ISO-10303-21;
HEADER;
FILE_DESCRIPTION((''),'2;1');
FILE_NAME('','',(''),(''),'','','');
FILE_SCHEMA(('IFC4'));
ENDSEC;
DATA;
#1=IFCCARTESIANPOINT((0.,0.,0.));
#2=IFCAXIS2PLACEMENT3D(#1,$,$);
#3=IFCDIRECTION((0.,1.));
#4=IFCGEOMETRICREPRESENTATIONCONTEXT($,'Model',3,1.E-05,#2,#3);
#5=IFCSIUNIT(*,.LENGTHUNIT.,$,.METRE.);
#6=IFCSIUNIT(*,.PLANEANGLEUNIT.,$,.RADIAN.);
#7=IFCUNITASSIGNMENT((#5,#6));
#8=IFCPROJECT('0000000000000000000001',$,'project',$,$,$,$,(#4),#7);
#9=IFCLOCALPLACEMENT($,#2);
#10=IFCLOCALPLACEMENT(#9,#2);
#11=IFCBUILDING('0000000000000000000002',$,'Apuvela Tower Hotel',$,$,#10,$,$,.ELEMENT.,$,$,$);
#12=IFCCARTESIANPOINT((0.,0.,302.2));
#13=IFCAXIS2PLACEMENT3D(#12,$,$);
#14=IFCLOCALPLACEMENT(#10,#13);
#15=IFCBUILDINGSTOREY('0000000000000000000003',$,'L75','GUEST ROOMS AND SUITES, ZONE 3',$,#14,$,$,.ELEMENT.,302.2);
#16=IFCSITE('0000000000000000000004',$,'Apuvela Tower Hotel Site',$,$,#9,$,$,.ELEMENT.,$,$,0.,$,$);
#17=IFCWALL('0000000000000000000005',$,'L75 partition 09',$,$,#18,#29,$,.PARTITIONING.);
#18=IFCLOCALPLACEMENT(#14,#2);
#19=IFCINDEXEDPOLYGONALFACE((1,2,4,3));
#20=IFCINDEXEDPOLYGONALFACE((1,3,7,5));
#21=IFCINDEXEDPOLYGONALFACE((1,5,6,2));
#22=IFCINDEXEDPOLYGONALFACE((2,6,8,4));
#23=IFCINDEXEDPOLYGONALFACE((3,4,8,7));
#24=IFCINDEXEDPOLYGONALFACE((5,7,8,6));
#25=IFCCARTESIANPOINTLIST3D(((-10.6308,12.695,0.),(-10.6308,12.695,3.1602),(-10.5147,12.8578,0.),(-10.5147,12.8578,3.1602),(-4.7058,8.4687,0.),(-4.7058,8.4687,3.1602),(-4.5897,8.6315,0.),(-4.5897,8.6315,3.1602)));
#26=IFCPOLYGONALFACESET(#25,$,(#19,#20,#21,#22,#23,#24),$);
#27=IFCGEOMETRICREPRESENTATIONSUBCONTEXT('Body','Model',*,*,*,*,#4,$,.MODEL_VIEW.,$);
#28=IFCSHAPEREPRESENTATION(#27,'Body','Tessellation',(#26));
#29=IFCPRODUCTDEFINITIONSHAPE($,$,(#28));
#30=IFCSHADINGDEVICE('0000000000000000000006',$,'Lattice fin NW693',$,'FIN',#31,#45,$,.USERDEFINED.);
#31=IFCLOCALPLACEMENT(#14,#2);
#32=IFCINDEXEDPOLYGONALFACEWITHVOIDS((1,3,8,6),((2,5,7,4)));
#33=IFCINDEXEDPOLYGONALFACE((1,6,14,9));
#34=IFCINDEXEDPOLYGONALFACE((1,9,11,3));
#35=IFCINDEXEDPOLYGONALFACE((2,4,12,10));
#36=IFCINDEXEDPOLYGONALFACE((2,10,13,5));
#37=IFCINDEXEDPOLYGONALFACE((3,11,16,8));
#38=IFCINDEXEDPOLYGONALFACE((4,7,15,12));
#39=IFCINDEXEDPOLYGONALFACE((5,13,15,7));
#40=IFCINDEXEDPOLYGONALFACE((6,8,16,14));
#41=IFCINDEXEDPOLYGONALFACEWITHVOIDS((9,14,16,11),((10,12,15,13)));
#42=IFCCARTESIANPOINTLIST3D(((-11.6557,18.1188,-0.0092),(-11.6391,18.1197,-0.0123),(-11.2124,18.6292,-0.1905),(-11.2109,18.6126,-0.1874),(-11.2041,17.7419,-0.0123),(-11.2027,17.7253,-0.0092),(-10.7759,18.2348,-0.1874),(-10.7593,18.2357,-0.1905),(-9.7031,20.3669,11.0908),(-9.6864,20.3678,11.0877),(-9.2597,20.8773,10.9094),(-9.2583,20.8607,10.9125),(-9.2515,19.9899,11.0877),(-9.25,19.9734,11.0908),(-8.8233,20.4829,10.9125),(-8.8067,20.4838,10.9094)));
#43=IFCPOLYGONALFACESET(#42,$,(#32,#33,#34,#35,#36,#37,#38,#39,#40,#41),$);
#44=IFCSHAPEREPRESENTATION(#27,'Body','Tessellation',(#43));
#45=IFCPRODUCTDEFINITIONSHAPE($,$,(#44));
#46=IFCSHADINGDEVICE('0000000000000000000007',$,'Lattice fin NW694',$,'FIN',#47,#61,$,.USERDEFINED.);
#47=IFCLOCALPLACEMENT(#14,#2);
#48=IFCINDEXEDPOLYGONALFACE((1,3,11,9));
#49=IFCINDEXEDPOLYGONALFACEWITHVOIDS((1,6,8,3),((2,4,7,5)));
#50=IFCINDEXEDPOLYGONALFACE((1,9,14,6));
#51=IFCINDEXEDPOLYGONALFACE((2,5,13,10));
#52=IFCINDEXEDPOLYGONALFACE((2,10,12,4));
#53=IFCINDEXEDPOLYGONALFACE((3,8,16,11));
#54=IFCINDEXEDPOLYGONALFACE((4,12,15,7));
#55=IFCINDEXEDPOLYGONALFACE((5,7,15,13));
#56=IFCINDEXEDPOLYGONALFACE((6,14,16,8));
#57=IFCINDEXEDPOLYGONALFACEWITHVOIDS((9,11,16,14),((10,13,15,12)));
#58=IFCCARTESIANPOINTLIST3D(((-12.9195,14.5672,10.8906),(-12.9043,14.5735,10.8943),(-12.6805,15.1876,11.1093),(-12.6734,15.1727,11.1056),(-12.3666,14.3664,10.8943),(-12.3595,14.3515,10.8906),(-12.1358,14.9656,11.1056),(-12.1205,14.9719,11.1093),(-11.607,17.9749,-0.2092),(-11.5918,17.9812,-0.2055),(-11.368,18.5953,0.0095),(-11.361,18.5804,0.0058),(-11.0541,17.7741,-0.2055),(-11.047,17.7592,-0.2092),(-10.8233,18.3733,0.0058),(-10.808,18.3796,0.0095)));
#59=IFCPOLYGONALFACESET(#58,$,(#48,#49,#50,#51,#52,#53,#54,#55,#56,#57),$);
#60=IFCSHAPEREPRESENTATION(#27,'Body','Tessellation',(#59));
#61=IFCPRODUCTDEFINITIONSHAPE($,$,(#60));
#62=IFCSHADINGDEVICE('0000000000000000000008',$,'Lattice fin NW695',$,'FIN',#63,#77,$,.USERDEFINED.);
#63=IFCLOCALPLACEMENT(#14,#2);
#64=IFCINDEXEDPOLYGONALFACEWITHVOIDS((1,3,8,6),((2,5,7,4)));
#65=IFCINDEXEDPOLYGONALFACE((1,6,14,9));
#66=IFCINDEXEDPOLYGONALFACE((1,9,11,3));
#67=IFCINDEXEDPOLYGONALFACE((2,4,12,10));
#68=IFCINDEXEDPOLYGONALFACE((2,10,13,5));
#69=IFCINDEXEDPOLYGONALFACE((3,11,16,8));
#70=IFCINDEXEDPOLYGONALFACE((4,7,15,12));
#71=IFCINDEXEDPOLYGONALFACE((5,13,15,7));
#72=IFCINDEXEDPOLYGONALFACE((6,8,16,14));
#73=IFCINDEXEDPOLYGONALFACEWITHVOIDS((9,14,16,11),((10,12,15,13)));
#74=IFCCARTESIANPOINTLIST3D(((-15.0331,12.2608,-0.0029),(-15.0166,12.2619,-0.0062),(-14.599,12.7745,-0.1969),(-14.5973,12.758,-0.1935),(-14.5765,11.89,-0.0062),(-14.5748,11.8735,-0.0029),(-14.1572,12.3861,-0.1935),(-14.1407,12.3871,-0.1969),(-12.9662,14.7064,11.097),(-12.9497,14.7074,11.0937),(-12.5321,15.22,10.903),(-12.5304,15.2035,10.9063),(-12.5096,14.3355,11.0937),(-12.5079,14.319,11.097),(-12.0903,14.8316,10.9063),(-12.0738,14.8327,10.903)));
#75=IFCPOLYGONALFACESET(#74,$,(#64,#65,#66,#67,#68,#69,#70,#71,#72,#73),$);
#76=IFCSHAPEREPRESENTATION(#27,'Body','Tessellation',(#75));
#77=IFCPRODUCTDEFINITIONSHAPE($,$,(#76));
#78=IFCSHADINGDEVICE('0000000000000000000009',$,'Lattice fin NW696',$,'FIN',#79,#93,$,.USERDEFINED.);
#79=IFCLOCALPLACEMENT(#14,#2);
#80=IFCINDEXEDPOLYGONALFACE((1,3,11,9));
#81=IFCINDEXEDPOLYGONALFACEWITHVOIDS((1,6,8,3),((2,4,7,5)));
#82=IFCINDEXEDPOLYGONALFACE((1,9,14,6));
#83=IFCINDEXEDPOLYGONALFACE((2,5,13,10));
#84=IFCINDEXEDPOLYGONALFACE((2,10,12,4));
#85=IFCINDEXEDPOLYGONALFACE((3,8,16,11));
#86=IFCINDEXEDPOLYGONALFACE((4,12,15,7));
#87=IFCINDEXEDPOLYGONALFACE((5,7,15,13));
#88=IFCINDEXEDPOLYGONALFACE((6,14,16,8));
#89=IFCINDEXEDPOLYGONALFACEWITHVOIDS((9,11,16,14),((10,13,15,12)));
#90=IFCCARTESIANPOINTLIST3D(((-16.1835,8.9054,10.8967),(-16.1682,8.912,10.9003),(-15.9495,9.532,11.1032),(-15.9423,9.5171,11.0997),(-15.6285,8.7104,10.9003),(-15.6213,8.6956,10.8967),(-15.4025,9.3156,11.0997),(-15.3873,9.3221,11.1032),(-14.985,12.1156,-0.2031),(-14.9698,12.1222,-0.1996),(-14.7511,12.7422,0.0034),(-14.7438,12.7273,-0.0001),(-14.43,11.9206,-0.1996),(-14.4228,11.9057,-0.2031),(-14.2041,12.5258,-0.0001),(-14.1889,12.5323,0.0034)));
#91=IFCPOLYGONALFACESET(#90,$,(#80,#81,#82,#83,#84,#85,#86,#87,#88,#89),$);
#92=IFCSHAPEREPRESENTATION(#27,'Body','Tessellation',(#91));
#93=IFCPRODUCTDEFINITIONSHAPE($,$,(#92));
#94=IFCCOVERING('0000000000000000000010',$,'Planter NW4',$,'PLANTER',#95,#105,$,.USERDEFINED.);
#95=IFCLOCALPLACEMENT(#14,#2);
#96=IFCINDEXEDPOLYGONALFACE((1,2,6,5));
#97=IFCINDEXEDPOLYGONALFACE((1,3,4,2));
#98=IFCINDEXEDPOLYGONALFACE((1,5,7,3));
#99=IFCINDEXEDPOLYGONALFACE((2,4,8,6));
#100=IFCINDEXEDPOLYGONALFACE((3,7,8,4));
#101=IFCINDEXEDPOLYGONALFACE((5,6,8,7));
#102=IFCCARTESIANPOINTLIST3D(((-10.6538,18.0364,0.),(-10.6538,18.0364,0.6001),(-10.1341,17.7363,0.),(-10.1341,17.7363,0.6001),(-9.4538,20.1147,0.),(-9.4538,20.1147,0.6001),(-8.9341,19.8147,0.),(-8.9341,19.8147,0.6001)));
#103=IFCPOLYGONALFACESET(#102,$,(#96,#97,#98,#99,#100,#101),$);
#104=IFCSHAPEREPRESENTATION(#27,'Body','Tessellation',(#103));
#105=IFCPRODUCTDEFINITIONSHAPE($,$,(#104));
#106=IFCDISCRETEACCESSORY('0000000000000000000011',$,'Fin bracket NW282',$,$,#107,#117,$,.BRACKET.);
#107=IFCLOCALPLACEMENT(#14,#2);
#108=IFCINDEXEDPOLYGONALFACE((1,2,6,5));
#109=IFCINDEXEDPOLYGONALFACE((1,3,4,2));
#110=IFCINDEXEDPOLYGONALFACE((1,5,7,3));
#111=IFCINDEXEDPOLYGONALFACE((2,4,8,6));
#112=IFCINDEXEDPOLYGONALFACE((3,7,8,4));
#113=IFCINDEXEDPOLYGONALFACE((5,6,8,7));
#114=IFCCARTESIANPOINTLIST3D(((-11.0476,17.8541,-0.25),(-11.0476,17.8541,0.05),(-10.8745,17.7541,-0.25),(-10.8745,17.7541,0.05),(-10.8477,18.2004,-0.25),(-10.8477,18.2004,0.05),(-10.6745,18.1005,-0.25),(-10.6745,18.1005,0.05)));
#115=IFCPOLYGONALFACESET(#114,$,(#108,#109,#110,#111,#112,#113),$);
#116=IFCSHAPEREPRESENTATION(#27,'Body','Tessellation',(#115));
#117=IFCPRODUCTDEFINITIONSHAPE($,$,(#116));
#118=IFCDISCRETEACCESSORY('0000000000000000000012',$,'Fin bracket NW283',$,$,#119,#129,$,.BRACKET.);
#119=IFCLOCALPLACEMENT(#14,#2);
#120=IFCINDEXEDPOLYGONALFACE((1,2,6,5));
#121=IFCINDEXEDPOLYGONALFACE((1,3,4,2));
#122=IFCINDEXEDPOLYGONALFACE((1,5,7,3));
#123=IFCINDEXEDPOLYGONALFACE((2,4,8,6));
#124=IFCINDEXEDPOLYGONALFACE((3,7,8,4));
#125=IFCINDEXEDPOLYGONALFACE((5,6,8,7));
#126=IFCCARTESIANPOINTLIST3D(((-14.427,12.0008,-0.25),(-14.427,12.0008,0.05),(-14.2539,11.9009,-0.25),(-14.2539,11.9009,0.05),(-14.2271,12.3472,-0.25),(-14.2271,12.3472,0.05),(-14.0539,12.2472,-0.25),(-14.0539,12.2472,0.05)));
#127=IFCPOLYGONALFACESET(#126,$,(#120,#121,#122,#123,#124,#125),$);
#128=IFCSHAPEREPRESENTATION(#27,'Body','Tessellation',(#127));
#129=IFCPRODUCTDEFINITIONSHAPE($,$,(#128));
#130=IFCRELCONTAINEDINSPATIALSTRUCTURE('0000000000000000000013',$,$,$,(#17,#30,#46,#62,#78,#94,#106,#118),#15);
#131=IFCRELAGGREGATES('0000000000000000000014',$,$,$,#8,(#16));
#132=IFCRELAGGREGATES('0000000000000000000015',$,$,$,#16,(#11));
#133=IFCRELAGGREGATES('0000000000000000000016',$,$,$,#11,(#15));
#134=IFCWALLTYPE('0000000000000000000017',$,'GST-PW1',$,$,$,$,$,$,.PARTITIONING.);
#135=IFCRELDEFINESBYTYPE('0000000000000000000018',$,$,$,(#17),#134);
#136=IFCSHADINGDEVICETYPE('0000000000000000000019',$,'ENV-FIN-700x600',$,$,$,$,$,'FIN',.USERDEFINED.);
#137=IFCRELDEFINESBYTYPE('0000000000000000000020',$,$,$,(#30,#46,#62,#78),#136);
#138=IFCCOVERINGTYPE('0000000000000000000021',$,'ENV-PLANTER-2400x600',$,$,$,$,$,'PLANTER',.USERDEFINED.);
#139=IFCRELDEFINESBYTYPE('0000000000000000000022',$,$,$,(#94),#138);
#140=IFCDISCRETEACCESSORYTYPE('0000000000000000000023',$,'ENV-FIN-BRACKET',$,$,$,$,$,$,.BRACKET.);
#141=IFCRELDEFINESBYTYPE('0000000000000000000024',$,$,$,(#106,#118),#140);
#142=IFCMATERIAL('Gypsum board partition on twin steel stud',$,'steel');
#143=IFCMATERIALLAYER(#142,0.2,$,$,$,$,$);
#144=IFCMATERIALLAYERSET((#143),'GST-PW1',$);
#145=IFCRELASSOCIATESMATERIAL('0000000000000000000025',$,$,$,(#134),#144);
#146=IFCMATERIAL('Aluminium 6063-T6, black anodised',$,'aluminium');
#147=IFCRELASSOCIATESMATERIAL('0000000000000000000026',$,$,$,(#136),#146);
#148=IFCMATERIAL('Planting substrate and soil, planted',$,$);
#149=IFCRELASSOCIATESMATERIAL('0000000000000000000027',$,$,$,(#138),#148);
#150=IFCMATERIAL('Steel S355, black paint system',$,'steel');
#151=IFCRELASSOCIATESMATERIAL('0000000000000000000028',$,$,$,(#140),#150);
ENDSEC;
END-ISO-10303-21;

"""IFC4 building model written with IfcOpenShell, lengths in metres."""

from ifc_helpers import new_model, si_unit, direction, frame, frame_2d, origin, origin_2d, place, context, subcontext, project, spatial, rectangle, hollow_rectangle, extrude, material, layer, layer_set, material_profile, profile_set, type_object, element, save


model = new_model("IFC4")

# Units and contexts
model_context = context("Model", 3, precision=1e-05, world=origin(), true_north=direction((0.0, 1.0)))
body_context = subcontext(model_context, "Body", "Model", "MODEL_VIEW")
ifc_project = project(units=[si_unit("LENGTHUNIT", "METRE"), si_unit("PLANEANGLEUNIT", "RADIAN")], contexts=[model_context])

# Site, building, storey
site_placement = place(None, origin())
site = spatial("IfcSite", under=ifc_project, at=site_placement, Name="Apuvela Tower Hotel Site", CompositionType="ELEMENT", RefElevation=0.0)
building_placement = place(site_placement, origin())
building = spatial("IfcBuilding", under=site, at=building_placement, Name="Apuvela Tower Hotel", CompositionType="ELEMENT")
storey_placement = place(building_placement, frame((0.0, 0.0, 302.2)))
storey = spatial("IfcBuildingStorey", under=building, at=storey_placement, Name="L75", Description="GUEST ROOMS AND SUITES, ZONE 3", CompositionType="ELEMENT", Elevation=302.2)

# Wall
ifc_material_1 = material(Name="Gypsum board partition on twin steel stud", Category="steel")
ifc_layer_1 = layer(ifc_material_1, 0.2)
ifc_layer_set_1 = layer_set([ifc_layer_1], Name="GST-PW1")
wall_type_1 = type_object("IfcWallType", Name="GST-PW1", PredefinedType="PARTITIONING", material=ifc_layer_set_1)
wall_1_placement = place(storey_placement, frame((-10.5728, 12.7764, 0.0), z_axis=(0.0, 0.0, 1.0), x_axis=(0.814114, -0.580705, 0.0)))
element("IfcWall", 1, at=wall_1_placement, inside=storey, type_object=wall_type_1, Name="L75 partition 09", PredefinedType="PARTITIONING", context=body_context, shape_type="SweptSolid", body=[
    extrude(rectangle(XDim=7.2778, YDim=0.2, at=frame_2d((3.6389, 0.0))), origin(), (0.0, 0.0, 1.0), 3.1602),
])

# Shading devices
ifc_material_2 = material(Name="Aluminium 6063-T6, black anodised", Category="aluminium")
ifc_material_profile_1 = material_profile(ifc_material_2, hollow_rectangle(XDim=0.6001, YDim=0.7, WallThickness=0.012, at=origin_2d()), Name="AL BOX 700x600x12")
ifc_profile_set_1 = profile_set([ifc_material_profile_1], Name="Aluminium 6063-T6, black anodised")
shading_device_type = type_object("IfcShadingDeviceType", Name="ENV-FIN-700x600", ElementType="FIN", PredefinedType="USERDEFINED", material=ifc_profile_set_1)
shading_device_1_placement = place(storey_placement, frame((-11.2075, 18.1772, -0.0999), z_axis=(0.169908, 0.195613, 0.96585), x_axis=(-0.754969, 0.65576, 0.0)))
element("IfcShadingDevice", 2, at=shading_device_1_placement, inside=storey, type_object=shading_device_type, Name="Lattice fin NW693", ObjectType="FIN", PredefinedType="USERDEFINED", context=body_context, shape_type="SweptSolid", body=[
    extrude(hollow_rectangle(XDim=0.6001, YDim=0.7, WallThickness=0.012, at=origin_2d()), origin(), (0.0, 0.0, 1.0), 11.4924),
])
shading_device_2_placement = place(storey_placement, frame((-11.2075, 18.1772, -0.0999), z_axis=(-0.112322, -0.291629, 0.949914), x_axis=(0.933177, -0.359418, 0.0)))
element("IfcShadingDevice", 3, at=shading_device_2_placement, inside=storey, type_object=shading_device_type, Name="Lattice fin NW694", ObjectType="FIN", PredefinedType="USERDEFINED", context=body_context, shape_type="SweptSolid", body=[
    extrude(hollow_rectangle(XDim=0.6001, YDim=0.7, WallThickness=0.012, at=origin_2d()), origin(), (0.0, 0.0, 1.0), 11.6851),
])
shading_device_3_placement = place(storey_placement, frame((-14.5869, 12.324, -0.0999), z_axis=(0.178914, 0.211691, 0.960821), x_axis=(-0.763759, 0.645501, 0.0)))
element("IfcShadingDevice", 4, at=shading_device_3_placement, inside=storey, type_object=shading_device_type, Name="Lattice fin NW695", ObjectType="FIN", PredefinedType="USERDEFINED", context=body_context, shape_type="SweptSolid", body=[
    extrude(hollow_rectangle(XDim=0.6001, YDim=0.7, WallThickness=0.012, at=origin_2d()), origin(), (0.0, 0.0, 1.0), 11.5525),
])
shading_device_4_placement = place(storey_placement, frame((-14.5869, 12.324, -0.0999), z_axis=(-0.103169, -0.276343, 0.955505), x_axis=(0.936841, -0.349757, 0.0)))
element("IfcShadingDevice", 5, at=shading_device_4_placement, inside=storey, type_object=shading_device_type, Name="Lattice fin NW696", ObjectType="FIN", PredefinedType="USERDEFINED", context=body_context, shape_type="SweptSolid", body=[
    extrude(hollow_rectangle(XDim=0.6001, YDim=0.7, WallThickness=0.012, at=origin_2d()), origin(), (0.0, 0.0, 1.0), 11.6167),
])

# Covering
ifc_material_3 = material(Name="Planting substrate and soil, planted")
covering_type = type_object("IfcCoveringType", Name="ENV-PLANTER-2400x600", ElementType="PLANTER", PredefinedType="USERDEFINED", material=ifc_material_3)
covering_placement = place(storey_placement, frame((-9.7939, 18.9255, 0.0), z_axis=(0.0, 0.0, 1.0), x_axis=(-0.5, -0.866025, 0.0)))
element("IfcCovering", 6, at=covering_placement, inside=storey, type_object=covering_type, Name="Planter NW4", ObjectType="PLANTER", PredefinedType="USERDEFINED", context=body_context, shape_type="SweptSolid", body=[
    extrude(rectangle(XDim=2.3999, YDim=0.6001, at=origin_2d()), origin(), (0.0, 0.0, 1.0), 0.6001),
])

# Discrete accessories
ifc_material_4 = material(Name="Steel S355, black paint system", Category="steel")
discrete_accessory_type = type_object("IfcDiscreteAccessoryType", Name="ENV-FIN-BRACKET", PredefinedType="BRACKET", material=ifc_material_4)
for number, where, z_axis, x_axis, name in (
    (7, (-10.8611, 17.9773, -0.25), (0.0, 0.0, 1.0), (-0.5, -0.866025, 0.0), "Fin bracket NW282"),
    (8, (-14.2405, 12.124, -0.25), (0.0, 0.0, 1.0), (-0.5, -0.866025, 0.0), "Fin bracket NW283"),
):
    element("IfcDiscreteAccessory", number, at=place(storey_placement, frame(where, z_axis=z_axis, x_axis=x_axis)), inside=storey, type_object=discrete_accessory_type, Name=name, PredefinedType="BRACKET", context=body_context, shape_type="SweptSolid", body=[
        extrude(rectangle(XDim=0.3999, YDim=0.2, at=origin_2d()), origin(), (0.0, 0.0, 1.0), 0.3),
    ])

save(model, "model.ifc")
